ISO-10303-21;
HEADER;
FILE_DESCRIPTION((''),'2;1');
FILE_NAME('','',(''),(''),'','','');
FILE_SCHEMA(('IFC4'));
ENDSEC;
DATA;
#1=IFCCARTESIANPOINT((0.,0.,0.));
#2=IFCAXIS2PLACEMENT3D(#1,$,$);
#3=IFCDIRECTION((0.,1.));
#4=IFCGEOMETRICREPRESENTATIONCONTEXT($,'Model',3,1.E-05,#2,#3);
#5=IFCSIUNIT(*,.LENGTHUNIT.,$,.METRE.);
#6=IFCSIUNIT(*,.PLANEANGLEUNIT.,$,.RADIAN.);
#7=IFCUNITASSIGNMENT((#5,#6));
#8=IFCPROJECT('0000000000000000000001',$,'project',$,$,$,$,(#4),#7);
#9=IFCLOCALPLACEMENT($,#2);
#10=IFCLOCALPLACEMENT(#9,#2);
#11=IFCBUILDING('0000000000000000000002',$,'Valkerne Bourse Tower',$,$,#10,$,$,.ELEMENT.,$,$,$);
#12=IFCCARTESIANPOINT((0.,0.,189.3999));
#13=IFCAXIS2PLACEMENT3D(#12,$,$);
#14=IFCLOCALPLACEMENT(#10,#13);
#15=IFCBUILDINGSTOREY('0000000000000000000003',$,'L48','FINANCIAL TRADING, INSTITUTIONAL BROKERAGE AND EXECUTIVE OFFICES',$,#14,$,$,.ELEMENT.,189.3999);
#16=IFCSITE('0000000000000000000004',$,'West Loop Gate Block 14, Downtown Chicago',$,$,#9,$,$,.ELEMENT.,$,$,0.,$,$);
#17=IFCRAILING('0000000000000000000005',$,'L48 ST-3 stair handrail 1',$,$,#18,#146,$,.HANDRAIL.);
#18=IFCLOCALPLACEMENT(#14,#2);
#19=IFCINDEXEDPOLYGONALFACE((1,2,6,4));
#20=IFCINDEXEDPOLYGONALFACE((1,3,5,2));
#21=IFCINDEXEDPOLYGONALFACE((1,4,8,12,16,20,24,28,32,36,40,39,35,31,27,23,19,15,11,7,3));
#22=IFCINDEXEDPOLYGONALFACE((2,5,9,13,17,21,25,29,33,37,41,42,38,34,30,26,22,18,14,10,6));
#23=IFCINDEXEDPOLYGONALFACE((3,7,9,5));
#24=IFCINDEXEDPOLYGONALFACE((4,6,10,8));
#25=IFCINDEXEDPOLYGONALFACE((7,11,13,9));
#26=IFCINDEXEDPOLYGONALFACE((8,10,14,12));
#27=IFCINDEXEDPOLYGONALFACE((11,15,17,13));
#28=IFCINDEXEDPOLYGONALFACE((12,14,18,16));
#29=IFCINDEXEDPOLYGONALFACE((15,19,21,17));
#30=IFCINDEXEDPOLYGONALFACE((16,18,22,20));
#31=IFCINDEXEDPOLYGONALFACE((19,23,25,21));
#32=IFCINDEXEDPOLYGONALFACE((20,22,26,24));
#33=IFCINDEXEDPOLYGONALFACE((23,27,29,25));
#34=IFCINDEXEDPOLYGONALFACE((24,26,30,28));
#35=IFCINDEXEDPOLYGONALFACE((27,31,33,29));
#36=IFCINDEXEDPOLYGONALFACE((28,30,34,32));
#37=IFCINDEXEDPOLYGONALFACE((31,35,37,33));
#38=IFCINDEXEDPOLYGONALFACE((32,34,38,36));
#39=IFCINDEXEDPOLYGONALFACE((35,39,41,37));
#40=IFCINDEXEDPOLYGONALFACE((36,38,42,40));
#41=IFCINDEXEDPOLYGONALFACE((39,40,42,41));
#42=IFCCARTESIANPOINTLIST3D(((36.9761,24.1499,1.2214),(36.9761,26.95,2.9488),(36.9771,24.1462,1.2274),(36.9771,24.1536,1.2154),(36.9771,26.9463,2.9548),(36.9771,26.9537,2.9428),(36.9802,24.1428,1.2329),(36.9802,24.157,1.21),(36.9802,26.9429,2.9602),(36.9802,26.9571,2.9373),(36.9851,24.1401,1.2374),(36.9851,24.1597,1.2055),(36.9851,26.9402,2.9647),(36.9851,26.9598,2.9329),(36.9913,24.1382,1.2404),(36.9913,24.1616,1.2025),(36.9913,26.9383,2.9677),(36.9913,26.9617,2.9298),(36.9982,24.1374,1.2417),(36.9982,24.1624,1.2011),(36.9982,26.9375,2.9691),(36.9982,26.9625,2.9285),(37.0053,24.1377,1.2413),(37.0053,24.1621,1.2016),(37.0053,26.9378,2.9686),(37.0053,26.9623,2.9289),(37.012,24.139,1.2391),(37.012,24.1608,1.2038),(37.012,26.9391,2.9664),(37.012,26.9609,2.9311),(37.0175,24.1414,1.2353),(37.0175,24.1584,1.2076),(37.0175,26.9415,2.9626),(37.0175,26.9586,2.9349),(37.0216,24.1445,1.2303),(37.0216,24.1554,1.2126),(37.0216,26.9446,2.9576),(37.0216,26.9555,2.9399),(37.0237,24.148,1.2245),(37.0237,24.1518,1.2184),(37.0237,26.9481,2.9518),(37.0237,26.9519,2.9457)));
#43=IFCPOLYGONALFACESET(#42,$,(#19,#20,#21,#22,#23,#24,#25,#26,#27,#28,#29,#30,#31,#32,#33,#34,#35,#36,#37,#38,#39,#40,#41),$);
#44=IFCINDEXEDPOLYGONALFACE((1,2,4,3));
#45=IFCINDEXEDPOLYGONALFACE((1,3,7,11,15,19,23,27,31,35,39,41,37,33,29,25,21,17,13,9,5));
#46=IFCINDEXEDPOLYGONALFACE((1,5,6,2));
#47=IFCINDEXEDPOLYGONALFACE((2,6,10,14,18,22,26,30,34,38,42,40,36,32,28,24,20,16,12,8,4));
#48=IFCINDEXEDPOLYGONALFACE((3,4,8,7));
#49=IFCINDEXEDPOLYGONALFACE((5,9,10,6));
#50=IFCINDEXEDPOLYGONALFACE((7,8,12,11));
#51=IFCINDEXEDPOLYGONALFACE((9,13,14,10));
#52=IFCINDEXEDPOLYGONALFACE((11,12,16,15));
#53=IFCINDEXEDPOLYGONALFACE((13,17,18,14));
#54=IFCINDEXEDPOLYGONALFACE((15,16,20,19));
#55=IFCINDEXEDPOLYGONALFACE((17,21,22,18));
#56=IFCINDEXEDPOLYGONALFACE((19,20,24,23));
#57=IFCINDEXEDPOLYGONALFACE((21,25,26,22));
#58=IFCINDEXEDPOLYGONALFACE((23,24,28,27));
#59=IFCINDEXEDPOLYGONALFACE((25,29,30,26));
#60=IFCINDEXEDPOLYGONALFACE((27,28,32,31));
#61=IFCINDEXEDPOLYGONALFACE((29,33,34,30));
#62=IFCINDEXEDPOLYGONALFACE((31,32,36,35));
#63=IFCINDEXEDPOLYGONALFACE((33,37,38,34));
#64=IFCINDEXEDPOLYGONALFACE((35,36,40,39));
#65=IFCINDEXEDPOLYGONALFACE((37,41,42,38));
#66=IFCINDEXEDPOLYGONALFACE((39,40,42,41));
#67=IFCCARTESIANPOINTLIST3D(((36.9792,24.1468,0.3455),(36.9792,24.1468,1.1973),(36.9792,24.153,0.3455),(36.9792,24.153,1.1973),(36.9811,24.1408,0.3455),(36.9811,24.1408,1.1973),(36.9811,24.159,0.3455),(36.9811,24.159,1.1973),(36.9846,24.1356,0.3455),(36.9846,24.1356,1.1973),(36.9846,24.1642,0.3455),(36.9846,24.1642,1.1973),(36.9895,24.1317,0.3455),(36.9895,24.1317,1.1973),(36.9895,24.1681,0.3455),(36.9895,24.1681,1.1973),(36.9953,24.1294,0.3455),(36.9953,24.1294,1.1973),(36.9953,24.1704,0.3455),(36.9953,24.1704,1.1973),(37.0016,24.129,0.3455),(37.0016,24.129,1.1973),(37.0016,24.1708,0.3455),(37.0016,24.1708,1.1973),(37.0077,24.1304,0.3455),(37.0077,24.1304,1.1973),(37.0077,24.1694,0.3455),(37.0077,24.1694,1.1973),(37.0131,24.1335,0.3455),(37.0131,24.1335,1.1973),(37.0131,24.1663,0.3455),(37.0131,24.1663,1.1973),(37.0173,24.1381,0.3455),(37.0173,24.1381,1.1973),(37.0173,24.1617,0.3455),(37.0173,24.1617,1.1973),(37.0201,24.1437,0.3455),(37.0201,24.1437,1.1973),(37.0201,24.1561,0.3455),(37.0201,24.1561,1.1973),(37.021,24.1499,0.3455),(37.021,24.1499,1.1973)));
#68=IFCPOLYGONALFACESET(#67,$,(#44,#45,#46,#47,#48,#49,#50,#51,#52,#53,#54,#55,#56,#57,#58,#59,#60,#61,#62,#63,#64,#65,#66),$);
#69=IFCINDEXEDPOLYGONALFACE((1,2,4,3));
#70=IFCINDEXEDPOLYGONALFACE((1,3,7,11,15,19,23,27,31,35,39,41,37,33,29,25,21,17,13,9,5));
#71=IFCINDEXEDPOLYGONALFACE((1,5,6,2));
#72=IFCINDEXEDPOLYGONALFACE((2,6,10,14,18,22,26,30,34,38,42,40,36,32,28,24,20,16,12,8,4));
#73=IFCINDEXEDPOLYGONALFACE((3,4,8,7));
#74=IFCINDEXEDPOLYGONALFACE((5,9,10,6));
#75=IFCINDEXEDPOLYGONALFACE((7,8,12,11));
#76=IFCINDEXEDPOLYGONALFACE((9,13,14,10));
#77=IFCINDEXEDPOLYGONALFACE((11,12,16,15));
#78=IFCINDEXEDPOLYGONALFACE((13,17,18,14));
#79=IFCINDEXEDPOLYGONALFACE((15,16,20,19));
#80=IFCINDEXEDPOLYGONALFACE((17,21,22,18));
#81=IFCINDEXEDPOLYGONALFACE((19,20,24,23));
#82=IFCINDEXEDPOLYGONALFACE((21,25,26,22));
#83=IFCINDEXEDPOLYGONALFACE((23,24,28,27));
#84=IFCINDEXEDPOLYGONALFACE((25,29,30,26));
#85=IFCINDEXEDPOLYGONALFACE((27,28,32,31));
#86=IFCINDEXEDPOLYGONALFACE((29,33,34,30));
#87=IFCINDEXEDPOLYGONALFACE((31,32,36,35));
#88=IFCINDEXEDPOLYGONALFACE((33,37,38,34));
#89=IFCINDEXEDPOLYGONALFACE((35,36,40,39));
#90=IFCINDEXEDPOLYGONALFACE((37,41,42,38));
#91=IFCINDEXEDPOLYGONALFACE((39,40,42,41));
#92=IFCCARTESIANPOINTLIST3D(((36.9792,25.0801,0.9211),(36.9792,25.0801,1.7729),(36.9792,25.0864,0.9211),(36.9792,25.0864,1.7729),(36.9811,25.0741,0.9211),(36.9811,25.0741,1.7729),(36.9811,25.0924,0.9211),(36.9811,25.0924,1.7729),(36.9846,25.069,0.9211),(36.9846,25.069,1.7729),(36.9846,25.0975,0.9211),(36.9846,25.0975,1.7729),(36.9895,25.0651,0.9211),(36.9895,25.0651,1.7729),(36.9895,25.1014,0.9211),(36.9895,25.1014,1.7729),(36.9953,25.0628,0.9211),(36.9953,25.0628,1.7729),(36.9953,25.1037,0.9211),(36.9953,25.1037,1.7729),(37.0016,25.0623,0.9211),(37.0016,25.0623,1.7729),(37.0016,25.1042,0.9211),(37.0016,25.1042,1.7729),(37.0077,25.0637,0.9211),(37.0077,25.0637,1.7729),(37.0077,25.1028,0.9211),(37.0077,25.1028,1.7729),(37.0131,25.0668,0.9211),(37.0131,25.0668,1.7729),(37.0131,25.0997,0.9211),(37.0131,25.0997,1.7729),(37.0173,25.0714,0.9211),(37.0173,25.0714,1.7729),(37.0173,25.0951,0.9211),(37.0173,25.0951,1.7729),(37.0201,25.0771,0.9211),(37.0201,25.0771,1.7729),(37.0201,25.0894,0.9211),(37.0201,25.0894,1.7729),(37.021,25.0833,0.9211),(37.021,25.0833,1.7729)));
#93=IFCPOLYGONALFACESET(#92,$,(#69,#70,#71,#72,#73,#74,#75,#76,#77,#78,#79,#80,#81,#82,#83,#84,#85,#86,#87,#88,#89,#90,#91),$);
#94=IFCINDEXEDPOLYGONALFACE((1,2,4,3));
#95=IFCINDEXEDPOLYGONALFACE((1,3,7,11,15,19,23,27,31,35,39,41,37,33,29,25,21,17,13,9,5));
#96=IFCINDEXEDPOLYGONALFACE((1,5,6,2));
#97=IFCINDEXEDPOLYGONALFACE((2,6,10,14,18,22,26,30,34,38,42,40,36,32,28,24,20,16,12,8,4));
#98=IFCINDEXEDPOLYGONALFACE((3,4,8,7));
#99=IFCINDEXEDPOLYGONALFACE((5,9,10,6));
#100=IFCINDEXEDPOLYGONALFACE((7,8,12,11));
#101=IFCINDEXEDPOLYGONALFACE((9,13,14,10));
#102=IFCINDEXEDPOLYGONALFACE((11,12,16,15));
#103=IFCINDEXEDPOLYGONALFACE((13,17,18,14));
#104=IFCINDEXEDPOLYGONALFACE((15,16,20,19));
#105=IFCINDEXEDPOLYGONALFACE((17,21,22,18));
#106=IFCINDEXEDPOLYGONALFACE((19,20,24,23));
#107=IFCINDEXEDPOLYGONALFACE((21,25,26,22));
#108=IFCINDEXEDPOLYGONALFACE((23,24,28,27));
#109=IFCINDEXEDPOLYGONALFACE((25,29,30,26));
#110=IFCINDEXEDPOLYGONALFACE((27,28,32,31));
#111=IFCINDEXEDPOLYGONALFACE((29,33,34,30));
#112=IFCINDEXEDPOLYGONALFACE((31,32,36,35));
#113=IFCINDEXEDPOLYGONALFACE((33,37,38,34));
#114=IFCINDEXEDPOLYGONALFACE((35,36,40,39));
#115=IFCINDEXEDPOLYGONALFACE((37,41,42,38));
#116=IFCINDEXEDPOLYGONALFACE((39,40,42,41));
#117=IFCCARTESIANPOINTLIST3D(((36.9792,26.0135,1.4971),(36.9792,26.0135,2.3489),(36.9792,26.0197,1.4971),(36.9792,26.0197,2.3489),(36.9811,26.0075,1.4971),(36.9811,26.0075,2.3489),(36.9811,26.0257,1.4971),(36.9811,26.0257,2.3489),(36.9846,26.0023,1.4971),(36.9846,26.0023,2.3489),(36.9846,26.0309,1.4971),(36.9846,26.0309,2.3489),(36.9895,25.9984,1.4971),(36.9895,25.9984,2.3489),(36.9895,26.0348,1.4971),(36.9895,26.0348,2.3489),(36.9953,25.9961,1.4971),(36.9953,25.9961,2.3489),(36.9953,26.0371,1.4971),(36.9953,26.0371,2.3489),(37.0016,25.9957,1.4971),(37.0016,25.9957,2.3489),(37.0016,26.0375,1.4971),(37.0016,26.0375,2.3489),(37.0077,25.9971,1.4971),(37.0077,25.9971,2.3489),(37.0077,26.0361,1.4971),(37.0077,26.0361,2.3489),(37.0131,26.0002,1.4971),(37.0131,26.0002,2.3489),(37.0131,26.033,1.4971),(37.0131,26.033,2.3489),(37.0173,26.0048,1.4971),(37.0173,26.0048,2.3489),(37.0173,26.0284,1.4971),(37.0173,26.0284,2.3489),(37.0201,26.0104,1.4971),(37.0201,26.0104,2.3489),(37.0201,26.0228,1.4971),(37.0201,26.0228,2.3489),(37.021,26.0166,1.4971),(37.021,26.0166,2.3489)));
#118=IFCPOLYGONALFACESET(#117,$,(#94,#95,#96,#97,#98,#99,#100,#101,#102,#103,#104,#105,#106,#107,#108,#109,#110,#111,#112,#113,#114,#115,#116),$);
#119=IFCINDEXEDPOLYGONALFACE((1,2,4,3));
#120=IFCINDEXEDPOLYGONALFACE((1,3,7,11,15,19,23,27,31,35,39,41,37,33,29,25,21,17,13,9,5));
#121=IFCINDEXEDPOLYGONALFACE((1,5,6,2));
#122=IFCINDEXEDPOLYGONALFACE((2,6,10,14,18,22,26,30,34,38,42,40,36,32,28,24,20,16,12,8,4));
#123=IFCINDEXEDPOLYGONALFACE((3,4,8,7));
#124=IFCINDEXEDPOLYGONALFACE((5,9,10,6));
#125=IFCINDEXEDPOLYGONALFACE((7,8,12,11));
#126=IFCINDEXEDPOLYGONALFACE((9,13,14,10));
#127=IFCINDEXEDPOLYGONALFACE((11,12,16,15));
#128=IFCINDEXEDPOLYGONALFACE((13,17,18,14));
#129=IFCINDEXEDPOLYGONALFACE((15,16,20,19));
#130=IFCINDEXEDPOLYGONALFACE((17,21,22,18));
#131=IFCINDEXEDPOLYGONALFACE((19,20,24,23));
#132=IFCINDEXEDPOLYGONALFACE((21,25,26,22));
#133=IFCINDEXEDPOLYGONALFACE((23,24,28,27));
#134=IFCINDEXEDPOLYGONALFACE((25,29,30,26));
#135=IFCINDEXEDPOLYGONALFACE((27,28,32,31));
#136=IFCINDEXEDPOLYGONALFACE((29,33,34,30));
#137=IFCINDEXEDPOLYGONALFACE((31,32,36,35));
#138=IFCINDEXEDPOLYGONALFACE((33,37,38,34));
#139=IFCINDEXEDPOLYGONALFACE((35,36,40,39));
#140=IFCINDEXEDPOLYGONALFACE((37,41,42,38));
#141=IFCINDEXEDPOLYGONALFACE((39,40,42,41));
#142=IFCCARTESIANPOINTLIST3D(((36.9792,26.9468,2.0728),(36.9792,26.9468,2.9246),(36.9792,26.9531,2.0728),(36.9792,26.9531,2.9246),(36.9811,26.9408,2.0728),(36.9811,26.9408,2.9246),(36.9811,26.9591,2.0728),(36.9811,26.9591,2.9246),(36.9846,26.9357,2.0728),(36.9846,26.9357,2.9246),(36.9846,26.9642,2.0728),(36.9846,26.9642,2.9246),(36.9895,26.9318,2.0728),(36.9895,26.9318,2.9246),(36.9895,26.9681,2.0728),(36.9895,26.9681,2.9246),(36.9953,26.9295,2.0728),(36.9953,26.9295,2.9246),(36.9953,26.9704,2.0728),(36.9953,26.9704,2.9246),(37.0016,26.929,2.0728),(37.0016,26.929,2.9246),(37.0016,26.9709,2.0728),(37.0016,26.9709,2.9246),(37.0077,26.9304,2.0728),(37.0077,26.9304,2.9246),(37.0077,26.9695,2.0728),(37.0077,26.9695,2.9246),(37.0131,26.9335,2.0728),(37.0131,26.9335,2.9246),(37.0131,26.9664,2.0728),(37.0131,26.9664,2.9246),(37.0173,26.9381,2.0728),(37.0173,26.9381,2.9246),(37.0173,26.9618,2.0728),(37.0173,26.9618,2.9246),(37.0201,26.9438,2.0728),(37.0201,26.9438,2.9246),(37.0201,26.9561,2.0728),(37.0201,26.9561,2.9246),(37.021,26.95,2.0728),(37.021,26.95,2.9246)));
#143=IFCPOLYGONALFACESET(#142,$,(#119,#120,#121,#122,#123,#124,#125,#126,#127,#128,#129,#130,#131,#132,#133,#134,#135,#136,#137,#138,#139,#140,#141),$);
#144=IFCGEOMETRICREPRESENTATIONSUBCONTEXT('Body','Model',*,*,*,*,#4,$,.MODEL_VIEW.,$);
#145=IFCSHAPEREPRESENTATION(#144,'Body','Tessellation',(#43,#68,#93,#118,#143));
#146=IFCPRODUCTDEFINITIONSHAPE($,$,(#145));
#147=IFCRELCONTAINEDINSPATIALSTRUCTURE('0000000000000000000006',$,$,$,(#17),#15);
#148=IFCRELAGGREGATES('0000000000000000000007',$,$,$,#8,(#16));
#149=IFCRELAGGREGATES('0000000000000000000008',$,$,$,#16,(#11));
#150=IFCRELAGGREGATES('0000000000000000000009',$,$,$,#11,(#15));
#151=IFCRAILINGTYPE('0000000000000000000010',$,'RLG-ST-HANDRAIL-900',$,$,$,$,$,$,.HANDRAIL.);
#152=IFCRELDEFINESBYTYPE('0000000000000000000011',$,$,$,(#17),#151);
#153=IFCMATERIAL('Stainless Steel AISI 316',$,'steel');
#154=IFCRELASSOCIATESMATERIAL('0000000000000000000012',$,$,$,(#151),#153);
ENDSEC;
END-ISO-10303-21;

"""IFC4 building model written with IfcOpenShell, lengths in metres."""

from ifc_helpers import new_model, si_unit, direction, frame, origin, origin_2d, place, context, subcontext, project, spatial, circle, extrude, material, type_object, element, save


model = new_model("IFC4")

# Units and contexts
model_context = context("Model", 3, precision=1e-05, world=origin(), true_north=direction((0.0, 1.0)))
body_context = subcontext(model_context, "Body", "Model", "MODEL_VIEW")
ifc_project = project(units=[si_unit("LENGTHUNIT", "METRE"), si_unit("PLANEANGLEUNIT", "RADIAN")], contexts=[model_context])

# Site, building, storey
site_placement = place(None, origin())
site = spatial("IfcSite", under=ifc_project, at=site_placement, Name="West Loop Gate Block 14, Downtown Chicago", CompositionType="ELEMENT", RefElevation=0.0)
building_placement = place(site_placement, origin())
building = spatial("IfcBuilding", under=site, at=building_placement, Name="Valkerne Bourse Tower", CompositionType="ELEMENT")
storey_placement = place(building_placement, frame((0.0, 0.0, 189.3999)))
storey = spatial("IfcBuildingStorey", under=building, at=storey_placement, Name="L48", Description="FINANCIAL TRADING, INSTITUTIONAL BROKERAGE AND EXECUTIVE OFFICES", CompositionType="ELEMENT", Elevation=189.3999)

# Railing
ifc_material_1 = material(Name="Stainless Steel AISI 316", Category="steel")
railing_type_1 = type_object("IfcRailingType", Name="RLG-ST-HANDRAIL-900", PredefinedType="HANDRAIL", material=ifc_material_1)
railing_1_placement = place(storey_placement, frame((37.0, 24.1499, 0.3455)))
element("IfcRailing", 1, at=railing_1_placement, inside=storey, type_object=railing_type_1, Name="L48 ST-3 stair handrail 1", PredefinedType="HANDRAIL", context=body_context, shape_type="SweptSolid", body=[
    extrude(circle(Radius=0.0239, at=origin_2d()), frame((0.0, 0.0, 0.876), z_axis=(0.0, 0.85109, 0.52502), x_axis=(-1.0, 0.0, 0.0)), (0.0, 0.0, 1.0), 3.29),
    extrude(circle(Radius=0.021, at=origin_2d()), origin(), (0.0, 0.0, 1.0), 0.8518),
    extrude(circle(Radius=0.021, at=origin_2d()), frame((0.0, 0.9333, 0.5757)), (0.0, 0.0, 1.0), 0.8518),
    extrude(circle(Radius=0.021, at=origin_2d()), frame((0.0, 1.8667, 1.1516)), (0.0, 0.0, 1.0), 0.8518),
    extrude(circle(Radius=0.021, at=origin_2d()), frame((0.0, 2.8, 1.7273)), (0.0, 0.0, 1.0), 0.8518),
])

save(model, "model.ifc")
